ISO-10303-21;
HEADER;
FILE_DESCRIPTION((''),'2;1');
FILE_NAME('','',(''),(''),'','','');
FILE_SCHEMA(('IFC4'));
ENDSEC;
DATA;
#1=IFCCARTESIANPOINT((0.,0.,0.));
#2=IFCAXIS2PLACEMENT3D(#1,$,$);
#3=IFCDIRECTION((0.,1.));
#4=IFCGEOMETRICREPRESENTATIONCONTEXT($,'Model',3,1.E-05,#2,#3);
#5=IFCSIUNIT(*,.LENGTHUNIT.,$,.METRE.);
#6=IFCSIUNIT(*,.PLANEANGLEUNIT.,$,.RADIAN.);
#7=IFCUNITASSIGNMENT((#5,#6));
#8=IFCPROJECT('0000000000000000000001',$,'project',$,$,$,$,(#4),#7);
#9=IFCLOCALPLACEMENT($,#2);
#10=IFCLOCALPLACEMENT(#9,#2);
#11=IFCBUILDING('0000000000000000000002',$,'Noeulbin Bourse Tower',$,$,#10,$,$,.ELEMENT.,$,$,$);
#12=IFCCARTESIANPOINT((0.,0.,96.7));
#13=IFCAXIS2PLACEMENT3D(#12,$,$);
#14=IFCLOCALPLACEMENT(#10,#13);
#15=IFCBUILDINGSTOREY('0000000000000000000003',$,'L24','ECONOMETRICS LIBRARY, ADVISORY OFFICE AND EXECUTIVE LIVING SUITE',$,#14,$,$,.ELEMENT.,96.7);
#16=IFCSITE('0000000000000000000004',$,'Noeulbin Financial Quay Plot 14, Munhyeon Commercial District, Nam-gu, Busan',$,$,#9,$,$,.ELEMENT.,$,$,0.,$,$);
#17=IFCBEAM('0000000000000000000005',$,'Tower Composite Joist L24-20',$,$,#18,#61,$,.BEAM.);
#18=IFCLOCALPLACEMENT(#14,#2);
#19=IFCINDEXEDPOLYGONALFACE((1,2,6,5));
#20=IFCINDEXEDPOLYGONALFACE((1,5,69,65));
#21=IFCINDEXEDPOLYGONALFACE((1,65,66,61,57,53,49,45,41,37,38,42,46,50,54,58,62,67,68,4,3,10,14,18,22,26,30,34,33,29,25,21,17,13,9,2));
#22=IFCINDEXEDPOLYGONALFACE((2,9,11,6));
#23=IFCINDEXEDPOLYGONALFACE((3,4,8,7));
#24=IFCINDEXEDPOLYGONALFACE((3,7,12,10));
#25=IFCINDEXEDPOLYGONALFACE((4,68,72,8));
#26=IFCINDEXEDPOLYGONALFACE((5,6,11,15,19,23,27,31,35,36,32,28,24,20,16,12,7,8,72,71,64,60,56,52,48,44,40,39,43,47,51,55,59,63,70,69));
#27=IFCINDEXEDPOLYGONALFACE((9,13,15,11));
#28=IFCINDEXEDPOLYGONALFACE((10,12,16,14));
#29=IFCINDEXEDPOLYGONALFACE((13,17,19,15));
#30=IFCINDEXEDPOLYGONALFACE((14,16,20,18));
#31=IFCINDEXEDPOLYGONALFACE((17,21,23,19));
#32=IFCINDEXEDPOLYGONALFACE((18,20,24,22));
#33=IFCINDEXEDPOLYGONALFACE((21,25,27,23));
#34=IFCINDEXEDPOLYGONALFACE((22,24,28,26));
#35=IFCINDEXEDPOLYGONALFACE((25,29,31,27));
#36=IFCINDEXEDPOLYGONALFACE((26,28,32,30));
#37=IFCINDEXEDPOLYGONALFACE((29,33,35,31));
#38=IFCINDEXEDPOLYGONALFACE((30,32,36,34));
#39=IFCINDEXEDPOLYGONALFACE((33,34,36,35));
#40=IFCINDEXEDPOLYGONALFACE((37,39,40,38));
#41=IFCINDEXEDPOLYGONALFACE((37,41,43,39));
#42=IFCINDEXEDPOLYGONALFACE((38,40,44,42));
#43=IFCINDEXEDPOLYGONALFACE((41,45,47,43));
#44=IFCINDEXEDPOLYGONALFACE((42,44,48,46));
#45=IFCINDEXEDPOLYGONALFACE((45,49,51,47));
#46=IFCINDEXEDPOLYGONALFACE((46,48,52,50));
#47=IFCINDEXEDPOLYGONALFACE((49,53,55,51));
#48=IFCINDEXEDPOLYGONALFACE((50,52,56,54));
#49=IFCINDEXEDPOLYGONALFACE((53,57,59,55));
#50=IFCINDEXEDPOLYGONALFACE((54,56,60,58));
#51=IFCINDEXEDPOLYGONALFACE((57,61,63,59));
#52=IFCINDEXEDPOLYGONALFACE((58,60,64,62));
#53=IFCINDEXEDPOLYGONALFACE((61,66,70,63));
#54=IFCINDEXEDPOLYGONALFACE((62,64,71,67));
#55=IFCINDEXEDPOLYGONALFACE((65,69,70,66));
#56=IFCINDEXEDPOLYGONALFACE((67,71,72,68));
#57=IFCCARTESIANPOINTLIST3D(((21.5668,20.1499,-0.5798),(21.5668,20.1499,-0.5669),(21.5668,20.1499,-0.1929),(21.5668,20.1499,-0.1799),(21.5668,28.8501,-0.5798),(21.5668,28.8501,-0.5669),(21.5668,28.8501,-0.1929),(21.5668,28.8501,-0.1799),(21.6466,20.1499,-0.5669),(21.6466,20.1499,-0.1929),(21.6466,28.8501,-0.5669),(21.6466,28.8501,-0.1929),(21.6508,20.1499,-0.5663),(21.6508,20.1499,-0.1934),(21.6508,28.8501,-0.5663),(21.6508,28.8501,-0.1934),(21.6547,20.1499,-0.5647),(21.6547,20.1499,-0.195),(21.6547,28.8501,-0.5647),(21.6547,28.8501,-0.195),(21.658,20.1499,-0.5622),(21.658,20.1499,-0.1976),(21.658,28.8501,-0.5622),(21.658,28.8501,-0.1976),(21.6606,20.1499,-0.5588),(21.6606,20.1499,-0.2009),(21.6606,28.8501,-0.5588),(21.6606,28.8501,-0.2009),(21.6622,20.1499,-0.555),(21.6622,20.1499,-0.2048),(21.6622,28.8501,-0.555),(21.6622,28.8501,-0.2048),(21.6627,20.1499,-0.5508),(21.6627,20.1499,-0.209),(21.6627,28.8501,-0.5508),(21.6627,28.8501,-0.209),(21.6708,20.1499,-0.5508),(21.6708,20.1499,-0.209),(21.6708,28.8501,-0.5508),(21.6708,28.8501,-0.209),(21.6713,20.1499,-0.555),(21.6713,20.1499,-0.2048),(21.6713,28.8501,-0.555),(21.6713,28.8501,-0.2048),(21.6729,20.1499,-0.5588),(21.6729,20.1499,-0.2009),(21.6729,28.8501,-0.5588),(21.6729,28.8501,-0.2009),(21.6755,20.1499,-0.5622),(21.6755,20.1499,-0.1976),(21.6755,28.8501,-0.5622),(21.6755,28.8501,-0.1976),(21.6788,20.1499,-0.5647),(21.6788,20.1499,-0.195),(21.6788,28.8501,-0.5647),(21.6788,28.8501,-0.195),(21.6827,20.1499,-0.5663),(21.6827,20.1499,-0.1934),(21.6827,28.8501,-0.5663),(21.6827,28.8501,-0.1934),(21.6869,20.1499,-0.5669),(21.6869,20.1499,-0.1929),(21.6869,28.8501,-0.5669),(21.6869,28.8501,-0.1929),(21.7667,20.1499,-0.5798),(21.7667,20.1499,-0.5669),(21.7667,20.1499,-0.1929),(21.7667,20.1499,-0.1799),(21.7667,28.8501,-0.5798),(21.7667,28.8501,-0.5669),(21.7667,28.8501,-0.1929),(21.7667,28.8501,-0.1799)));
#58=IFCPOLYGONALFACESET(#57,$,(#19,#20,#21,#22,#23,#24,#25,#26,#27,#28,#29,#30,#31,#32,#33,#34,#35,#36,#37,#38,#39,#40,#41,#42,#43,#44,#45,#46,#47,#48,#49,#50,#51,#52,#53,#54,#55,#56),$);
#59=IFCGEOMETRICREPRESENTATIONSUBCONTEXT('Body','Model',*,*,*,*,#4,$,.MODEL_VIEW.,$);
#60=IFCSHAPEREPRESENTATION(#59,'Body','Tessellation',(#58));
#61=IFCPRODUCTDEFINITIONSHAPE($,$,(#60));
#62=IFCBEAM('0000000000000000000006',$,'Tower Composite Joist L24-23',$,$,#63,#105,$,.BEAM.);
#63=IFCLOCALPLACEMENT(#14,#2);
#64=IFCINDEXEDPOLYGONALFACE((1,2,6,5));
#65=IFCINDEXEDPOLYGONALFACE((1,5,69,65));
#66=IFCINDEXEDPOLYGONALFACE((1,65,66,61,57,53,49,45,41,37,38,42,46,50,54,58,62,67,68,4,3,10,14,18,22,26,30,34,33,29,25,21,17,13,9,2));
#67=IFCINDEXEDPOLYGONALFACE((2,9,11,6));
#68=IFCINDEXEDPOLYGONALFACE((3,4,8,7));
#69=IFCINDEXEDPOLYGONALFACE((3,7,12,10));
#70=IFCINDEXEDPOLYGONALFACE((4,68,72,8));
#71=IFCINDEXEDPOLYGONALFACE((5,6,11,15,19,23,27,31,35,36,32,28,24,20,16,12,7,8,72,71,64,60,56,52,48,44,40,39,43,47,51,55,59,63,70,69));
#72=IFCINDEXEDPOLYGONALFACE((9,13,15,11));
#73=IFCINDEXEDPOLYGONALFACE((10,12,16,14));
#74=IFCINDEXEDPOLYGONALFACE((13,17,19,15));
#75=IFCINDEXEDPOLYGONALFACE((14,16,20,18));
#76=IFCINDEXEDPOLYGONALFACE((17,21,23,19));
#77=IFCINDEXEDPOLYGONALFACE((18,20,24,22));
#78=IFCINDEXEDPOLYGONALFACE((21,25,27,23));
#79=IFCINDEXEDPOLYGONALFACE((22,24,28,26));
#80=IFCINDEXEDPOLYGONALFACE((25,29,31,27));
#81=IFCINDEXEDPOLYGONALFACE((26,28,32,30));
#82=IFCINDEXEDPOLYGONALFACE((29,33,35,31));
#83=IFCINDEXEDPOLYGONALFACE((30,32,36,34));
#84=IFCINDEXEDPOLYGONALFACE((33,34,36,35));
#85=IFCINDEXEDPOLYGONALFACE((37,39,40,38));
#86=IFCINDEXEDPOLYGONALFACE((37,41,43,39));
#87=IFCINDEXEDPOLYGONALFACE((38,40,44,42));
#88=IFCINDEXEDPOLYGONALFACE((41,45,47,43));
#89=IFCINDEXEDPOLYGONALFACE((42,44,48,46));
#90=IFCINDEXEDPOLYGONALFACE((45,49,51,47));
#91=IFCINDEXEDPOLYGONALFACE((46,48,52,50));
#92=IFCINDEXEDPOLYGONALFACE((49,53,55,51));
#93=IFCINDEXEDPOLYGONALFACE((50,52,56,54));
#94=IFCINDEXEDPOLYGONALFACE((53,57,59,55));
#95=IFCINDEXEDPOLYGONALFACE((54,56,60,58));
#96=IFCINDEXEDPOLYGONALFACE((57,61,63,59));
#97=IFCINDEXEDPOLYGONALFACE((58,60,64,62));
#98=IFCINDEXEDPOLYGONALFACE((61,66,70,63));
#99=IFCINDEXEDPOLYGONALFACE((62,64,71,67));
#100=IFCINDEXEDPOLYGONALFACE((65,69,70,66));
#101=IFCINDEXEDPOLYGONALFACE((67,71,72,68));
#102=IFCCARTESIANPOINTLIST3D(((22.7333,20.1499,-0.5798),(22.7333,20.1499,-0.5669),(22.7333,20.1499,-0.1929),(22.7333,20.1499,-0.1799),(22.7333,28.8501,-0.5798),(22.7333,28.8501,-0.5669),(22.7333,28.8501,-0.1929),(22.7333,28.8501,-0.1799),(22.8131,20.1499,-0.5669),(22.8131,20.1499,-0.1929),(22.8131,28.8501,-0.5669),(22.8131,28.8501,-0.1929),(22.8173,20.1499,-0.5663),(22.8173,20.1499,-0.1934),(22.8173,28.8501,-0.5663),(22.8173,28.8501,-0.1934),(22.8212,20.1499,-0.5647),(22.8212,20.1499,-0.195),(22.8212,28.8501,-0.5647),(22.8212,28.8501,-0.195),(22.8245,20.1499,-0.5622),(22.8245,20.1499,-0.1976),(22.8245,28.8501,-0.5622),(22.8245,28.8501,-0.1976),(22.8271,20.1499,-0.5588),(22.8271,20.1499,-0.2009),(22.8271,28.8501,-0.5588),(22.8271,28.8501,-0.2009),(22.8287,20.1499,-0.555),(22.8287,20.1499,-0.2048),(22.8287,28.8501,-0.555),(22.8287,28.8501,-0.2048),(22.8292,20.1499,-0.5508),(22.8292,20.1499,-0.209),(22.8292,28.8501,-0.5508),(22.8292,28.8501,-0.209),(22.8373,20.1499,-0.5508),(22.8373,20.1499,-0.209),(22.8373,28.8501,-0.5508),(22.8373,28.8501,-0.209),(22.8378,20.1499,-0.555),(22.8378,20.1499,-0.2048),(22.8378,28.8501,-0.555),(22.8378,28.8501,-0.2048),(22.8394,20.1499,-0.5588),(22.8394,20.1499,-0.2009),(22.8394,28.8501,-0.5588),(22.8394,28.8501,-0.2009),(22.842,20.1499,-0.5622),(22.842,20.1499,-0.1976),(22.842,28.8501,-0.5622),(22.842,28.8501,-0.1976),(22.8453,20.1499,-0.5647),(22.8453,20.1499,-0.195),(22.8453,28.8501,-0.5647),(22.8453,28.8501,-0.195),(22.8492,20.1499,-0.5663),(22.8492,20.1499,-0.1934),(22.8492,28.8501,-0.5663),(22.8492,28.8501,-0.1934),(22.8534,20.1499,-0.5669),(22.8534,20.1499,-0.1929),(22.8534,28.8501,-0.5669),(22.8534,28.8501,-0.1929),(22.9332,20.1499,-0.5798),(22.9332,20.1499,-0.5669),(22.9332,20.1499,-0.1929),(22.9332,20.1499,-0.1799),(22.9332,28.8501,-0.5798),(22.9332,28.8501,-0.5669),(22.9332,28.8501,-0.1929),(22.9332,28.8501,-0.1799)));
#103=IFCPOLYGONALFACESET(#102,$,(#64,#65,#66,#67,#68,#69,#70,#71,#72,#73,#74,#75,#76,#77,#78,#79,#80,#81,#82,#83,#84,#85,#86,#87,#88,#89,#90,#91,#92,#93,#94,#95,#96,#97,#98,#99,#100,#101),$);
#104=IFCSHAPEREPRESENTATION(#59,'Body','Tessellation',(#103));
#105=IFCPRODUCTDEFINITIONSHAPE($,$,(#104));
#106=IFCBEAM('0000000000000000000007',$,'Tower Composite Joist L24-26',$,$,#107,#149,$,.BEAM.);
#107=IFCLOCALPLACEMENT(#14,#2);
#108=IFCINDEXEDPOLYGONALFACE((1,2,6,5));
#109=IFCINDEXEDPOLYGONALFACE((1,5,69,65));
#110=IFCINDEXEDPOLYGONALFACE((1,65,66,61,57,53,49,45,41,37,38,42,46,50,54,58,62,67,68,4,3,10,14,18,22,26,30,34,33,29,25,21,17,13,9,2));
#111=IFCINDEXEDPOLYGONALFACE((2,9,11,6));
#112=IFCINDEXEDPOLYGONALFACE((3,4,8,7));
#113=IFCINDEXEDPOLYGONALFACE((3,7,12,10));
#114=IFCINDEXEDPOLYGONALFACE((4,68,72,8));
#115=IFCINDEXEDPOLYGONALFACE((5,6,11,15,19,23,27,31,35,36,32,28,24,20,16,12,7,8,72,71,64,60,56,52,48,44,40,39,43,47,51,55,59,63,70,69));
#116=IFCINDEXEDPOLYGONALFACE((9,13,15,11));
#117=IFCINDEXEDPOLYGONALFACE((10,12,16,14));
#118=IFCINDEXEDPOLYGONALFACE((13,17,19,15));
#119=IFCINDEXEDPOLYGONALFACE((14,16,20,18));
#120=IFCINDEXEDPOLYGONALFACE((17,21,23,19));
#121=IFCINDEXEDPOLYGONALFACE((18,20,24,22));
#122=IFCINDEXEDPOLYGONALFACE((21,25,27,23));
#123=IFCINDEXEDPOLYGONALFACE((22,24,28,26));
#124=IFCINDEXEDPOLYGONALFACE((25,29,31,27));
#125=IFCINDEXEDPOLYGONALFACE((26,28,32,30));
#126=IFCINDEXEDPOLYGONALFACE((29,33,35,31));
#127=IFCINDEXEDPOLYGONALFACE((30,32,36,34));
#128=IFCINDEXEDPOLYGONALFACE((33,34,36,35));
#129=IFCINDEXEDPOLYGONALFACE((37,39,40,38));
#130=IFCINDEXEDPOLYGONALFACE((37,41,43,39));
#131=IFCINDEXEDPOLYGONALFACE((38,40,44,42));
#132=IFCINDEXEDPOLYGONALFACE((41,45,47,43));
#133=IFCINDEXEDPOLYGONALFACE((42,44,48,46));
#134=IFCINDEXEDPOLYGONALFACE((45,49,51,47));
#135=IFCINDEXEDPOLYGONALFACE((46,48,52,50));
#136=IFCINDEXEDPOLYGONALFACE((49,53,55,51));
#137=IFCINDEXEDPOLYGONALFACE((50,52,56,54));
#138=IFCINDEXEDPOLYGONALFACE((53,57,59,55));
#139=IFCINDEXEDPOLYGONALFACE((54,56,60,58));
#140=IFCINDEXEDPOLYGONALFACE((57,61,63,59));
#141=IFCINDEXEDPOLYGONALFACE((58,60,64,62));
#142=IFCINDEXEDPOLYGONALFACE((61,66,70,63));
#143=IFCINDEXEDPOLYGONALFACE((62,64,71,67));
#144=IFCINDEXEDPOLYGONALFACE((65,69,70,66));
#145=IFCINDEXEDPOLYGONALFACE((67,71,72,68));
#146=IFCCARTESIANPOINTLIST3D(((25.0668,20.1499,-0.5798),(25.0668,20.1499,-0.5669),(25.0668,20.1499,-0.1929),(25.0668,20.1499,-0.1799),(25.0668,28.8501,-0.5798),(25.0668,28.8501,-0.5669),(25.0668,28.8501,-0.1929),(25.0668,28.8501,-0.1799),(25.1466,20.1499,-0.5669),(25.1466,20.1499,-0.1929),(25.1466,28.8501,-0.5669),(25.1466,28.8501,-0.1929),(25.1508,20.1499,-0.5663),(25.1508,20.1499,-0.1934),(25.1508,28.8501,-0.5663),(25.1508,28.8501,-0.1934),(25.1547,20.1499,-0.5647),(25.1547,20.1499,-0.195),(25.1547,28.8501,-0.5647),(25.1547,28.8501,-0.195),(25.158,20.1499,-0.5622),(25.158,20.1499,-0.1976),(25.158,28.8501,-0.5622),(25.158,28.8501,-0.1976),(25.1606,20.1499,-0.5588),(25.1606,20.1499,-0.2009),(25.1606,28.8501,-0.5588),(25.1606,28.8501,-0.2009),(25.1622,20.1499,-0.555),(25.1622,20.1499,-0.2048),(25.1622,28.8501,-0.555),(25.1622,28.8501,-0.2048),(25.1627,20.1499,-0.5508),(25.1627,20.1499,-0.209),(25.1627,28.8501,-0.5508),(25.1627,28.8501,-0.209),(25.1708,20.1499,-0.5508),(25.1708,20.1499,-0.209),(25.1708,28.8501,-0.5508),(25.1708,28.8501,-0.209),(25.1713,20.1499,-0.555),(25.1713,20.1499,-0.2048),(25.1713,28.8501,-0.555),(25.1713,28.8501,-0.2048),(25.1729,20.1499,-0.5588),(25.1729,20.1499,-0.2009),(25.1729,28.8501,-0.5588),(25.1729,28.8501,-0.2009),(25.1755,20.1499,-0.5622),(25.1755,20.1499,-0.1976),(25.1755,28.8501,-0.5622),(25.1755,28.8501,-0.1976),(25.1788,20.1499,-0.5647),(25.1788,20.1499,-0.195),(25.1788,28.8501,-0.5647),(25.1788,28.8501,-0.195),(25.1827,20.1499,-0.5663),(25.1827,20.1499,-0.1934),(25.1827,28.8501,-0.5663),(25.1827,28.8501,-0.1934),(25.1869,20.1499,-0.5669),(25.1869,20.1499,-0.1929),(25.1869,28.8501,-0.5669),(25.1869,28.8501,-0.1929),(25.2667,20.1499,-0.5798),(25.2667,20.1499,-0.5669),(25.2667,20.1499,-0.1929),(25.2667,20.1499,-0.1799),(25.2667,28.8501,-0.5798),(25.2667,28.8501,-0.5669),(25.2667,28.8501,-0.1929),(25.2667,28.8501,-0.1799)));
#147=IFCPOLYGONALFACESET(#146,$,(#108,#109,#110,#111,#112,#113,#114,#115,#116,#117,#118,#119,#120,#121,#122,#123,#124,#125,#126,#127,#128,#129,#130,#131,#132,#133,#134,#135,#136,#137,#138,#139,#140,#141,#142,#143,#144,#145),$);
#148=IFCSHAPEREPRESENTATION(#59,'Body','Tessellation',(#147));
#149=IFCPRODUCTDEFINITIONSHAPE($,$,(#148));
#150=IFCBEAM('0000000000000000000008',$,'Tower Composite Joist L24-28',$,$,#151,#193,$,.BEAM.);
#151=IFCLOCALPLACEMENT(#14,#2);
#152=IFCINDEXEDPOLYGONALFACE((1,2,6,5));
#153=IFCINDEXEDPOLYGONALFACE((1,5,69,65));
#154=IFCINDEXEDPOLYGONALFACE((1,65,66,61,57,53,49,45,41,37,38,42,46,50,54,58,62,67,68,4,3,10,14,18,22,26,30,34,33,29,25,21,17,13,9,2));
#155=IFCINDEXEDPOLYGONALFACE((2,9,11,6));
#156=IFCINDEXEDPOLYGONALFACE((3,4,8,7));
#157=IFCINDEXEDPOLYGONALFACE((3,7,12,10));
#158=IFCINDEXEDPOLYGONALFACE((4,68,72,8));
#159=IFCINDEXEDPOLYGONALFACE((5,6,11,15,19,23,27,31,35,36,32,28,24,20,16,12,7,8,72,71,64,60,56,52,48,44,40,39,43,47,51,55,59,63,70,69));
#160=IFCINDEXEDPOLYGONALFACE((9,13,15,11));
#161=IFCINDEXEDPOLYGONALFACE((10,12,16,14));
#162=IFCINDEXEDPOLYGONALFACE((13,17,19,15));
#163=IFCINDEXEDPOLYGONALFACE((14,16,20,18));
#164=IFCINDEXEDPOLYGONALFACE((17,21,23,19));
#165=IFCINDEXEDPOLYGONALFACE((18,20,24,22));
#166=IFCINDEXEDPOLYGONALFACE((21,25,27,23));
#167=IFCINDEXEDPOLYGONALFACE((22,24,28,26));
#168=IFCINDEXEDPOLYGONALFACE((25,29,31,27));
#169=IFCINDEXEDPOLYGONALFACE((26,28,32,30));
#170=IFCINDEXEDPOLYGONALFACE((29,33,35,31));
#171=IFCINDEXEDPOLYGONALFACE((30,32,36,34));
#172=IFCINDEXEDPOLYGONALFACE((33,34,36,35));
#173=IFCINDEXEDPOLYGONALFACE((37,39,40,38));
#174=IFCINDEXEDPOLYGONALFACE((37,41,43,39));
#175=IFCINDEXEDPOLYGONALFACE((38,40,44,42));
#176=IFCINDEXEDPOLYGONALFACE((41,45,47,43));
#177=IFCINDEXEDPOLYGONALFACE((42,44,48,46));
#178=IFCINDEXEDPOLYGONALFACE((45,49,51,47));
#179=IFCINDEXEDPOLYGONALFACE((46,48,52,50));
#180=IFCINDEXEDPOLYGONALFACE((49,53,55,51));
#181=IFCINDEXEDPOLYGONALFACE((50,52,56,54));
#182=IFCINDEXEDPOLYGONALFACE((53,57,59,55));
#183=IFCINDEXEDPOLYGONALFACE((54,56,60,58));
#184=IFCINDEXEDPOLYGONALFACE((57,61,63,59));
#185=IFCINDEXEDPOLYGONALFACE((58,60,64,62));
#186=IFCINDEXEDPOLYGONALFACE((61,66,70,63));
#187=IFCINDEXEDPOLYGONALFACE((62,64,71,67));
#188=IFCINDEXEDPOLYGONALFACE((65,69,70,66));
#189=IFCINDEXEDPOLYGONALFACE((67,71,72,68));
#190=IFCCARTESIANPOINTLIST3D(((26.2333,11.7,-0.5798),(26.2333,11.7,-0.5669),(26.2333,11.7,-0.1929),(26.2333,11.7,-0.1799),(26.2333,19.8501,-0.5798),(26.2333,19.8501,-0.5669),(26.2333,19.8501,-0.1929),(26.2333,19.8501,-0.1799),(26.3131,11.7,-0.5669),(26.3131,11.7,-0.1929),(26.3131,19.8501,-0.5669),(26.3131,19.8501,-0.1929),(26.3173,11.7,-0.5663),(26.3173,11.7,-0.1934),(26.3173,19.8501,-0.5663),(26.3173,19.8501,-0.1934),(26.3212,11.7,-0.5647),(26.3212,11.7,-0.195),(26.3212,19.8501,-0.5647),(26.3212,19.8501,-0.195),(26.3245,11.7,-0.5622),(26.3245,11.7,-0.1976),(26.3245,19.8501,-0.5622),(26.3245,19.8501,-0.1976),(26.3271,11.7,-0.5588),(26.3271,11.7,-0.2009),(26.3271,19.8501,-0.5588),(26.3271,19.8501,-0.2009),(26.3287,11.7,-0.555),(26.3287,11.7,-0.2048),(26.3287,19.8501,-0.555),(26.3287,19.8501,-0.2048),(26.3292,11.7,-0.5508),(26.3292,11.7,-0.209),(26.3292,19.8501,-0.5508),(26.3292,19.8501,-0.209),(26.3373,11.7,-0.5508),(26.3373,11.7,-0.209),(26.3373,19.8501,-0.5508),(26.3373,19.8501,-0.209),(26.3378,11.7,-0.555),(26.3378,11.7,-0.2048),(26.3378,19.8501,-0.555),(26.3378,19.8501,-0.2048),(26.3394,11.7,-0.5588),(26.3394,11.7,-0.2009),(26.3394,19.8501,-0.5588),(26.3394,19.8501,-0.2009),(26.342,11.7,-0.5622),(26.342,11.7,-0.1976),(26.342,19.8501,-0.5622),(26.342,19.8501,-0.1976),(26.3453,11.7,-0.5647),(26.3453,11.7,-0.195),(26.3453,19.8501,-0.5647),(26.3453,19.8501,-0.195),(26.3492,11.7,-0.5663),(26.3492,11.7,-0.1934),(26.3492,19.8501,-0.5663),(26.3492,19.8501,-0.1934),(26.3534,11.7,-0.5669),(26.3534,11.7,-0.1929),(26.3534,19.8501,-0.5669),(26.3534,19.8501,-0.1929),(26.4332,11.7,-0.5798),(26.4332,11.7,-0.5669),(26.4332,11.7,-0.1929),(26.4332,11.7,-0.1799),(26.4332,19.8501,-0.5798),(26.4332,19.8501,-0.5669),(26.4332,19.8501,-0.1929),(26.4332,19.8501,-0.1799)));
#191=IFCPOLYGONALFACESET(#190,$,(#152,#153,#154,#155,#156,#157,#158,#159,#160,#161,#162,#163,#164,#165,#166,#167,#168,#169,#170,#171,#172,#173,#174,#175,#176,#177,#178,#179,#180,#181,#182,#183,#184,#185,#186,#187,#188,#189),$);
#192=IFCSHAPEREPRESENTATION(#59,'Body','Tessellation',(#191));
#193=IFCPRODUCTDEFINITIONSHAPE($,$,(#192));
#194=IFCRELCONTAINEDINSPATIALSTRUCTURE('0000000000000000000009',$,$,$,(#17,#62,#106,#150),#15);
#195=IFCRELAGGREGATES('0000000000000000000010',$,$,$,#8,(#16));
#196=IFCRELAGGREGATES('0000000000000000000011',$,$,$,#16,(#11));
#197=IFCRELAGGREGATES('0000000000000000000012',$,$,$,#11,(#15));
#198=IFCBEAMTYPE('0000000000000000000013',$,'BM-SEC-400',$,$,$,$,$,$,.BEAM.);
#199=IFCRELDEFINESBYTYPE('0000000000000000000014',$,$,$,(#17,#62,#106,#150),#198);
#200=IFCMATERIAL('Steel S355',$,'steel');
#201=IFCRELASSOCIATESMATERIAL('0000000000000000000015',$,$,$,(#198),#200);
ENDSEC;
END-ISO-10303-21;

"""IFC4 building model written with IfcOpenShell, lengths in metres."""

from ifc_helpers import new_model, si_unit, direction, frame, origin, origin_2d, place, context, subcontext, project, spatial, i_section, extrude, material, material_profile, profile_set, type_object, element, save


model = new_model("IFC4")

# Units and contexts
model_context = context("Model", 3, precision=1e-05, world=origin(), true_north=direction((0.0, 1.0)))
body_context = subcontext(model_context, "Body", "Model", "MODEL_VIEW")
ifc_project = project(units=[si_unit("LENGTHUNIT", "METRE"), si_unit("PLANEANGLEUNIT", "RADIAN")], contexts=[model_context])

# Site, building, storey
site_placement = place(None, origin())
site = spatial("IfcSite", under=ifc_project, at=site_placement, Name="Noeulbin Financial Quay Plot 14, Munhyeon Commercial District, Nam-gu, Busan", CompositionType="ELEMENT", RefElevation=0.0)
building_placement = place(site_placement, origin())
building = spatial("IfcBuilding", under=site, at=building_placement, Name="Noeulbin Bourse Tower", CompositionType="ELEMENT")
storey_placement = place(building_placement, frame((0.0, 0.0, 96.7)))
storey = spatial("IfcBuildingStorey", under=building, at=storey_placement, Name="L24", Description="ECONOMETRICS LIBRARY, ADVISORY OFFICE AND EXECUTIVE LIVING SUITE", CompositionType="ELEMENT", Elevation=96.7)

# Beams
ifc_material_1 = material(Name="Steel S355", Category="steel")
ifc_material_profile_1 = material_profile(ifc_material_1, i_section(OverallWidth=0.2, OverallDepth=0.3999, WebThickness=0.0081, FlangeThickness=0.0129, FilletRadius=0.0161, at=origin_2d()), Name="H-400x200x8x13", Category="LoadBearing")
ifc_profile_set_1 = profile_set([ifc_material_profile_1], Name="Steel S355")
beam_type_1 = type_object("IfcBeamType", Name="BM-SEC-400", PredefinedType="BEAM", material=ifc_profile_set_1)
for number, where, z_axis, x_axis, name in (
    (1, (21.6667, 20.1499, -0.3799), (0.0, 1.0, 0.0), (-1.0, 0.0, 0.0), "Tower Composite Joist L24-20"),
    (2, (22.8333, 20.1499, -0.3799), (0.0, 1.0, 0.0), (-1.0, 0.0, 0.0), "Tower Composite Joist L24-23"),
    (3, (25.1667, 20.1499, -0.3799), (0.0, 1.0, 0.0), (-1.0, 0.0, 0.0), "Tower Composite Joist L24-26"),
):
    element("IfcBeam", number, at=place(storey_placement, frame(where, z_axis=z_axis, x_axis=x_axis)), inside=storey, type_object=beam_type_1, Name=name, PredefinedType="BEAM", context=body_context, shape_type="SweptSolid", body=[
        extrude(i_section(OverallWidth=0.2, OverallDepth=0.3999, WebThickness=0.0081, FlangeThickness=0.0129, FilletRadius=0.0161, at=origin_2d()), origin(), (0.0, 0.0, 1.0), 8.7002),
    ])
beam_1_placement = place(storey_placement, frame((26.3333, 11.7, -0.3799), z_axis=(0.0, 1.0, 0.0), x_axis=(-1.0, 0.0, 0.0)))
element("IfcBeam", 4, at=beam_1_placement, inside=storey, type_object=beam_type_1, Name="Tower Composite Joist L24-28", PredefinedType="BEAM", context=body_context, shape_type="SweptSolid", body=[
    extrude(i_section(OverallWidth=0.2, OverallDepth=0.3999, WebThickness=0.0081, FlangeThickness=0.0129, FilletRadius=0.0161, at=origin_2d()), origin(), (0.0, 0.0, 1.0), 8.1501),
])

save(model, "model.ifc")
